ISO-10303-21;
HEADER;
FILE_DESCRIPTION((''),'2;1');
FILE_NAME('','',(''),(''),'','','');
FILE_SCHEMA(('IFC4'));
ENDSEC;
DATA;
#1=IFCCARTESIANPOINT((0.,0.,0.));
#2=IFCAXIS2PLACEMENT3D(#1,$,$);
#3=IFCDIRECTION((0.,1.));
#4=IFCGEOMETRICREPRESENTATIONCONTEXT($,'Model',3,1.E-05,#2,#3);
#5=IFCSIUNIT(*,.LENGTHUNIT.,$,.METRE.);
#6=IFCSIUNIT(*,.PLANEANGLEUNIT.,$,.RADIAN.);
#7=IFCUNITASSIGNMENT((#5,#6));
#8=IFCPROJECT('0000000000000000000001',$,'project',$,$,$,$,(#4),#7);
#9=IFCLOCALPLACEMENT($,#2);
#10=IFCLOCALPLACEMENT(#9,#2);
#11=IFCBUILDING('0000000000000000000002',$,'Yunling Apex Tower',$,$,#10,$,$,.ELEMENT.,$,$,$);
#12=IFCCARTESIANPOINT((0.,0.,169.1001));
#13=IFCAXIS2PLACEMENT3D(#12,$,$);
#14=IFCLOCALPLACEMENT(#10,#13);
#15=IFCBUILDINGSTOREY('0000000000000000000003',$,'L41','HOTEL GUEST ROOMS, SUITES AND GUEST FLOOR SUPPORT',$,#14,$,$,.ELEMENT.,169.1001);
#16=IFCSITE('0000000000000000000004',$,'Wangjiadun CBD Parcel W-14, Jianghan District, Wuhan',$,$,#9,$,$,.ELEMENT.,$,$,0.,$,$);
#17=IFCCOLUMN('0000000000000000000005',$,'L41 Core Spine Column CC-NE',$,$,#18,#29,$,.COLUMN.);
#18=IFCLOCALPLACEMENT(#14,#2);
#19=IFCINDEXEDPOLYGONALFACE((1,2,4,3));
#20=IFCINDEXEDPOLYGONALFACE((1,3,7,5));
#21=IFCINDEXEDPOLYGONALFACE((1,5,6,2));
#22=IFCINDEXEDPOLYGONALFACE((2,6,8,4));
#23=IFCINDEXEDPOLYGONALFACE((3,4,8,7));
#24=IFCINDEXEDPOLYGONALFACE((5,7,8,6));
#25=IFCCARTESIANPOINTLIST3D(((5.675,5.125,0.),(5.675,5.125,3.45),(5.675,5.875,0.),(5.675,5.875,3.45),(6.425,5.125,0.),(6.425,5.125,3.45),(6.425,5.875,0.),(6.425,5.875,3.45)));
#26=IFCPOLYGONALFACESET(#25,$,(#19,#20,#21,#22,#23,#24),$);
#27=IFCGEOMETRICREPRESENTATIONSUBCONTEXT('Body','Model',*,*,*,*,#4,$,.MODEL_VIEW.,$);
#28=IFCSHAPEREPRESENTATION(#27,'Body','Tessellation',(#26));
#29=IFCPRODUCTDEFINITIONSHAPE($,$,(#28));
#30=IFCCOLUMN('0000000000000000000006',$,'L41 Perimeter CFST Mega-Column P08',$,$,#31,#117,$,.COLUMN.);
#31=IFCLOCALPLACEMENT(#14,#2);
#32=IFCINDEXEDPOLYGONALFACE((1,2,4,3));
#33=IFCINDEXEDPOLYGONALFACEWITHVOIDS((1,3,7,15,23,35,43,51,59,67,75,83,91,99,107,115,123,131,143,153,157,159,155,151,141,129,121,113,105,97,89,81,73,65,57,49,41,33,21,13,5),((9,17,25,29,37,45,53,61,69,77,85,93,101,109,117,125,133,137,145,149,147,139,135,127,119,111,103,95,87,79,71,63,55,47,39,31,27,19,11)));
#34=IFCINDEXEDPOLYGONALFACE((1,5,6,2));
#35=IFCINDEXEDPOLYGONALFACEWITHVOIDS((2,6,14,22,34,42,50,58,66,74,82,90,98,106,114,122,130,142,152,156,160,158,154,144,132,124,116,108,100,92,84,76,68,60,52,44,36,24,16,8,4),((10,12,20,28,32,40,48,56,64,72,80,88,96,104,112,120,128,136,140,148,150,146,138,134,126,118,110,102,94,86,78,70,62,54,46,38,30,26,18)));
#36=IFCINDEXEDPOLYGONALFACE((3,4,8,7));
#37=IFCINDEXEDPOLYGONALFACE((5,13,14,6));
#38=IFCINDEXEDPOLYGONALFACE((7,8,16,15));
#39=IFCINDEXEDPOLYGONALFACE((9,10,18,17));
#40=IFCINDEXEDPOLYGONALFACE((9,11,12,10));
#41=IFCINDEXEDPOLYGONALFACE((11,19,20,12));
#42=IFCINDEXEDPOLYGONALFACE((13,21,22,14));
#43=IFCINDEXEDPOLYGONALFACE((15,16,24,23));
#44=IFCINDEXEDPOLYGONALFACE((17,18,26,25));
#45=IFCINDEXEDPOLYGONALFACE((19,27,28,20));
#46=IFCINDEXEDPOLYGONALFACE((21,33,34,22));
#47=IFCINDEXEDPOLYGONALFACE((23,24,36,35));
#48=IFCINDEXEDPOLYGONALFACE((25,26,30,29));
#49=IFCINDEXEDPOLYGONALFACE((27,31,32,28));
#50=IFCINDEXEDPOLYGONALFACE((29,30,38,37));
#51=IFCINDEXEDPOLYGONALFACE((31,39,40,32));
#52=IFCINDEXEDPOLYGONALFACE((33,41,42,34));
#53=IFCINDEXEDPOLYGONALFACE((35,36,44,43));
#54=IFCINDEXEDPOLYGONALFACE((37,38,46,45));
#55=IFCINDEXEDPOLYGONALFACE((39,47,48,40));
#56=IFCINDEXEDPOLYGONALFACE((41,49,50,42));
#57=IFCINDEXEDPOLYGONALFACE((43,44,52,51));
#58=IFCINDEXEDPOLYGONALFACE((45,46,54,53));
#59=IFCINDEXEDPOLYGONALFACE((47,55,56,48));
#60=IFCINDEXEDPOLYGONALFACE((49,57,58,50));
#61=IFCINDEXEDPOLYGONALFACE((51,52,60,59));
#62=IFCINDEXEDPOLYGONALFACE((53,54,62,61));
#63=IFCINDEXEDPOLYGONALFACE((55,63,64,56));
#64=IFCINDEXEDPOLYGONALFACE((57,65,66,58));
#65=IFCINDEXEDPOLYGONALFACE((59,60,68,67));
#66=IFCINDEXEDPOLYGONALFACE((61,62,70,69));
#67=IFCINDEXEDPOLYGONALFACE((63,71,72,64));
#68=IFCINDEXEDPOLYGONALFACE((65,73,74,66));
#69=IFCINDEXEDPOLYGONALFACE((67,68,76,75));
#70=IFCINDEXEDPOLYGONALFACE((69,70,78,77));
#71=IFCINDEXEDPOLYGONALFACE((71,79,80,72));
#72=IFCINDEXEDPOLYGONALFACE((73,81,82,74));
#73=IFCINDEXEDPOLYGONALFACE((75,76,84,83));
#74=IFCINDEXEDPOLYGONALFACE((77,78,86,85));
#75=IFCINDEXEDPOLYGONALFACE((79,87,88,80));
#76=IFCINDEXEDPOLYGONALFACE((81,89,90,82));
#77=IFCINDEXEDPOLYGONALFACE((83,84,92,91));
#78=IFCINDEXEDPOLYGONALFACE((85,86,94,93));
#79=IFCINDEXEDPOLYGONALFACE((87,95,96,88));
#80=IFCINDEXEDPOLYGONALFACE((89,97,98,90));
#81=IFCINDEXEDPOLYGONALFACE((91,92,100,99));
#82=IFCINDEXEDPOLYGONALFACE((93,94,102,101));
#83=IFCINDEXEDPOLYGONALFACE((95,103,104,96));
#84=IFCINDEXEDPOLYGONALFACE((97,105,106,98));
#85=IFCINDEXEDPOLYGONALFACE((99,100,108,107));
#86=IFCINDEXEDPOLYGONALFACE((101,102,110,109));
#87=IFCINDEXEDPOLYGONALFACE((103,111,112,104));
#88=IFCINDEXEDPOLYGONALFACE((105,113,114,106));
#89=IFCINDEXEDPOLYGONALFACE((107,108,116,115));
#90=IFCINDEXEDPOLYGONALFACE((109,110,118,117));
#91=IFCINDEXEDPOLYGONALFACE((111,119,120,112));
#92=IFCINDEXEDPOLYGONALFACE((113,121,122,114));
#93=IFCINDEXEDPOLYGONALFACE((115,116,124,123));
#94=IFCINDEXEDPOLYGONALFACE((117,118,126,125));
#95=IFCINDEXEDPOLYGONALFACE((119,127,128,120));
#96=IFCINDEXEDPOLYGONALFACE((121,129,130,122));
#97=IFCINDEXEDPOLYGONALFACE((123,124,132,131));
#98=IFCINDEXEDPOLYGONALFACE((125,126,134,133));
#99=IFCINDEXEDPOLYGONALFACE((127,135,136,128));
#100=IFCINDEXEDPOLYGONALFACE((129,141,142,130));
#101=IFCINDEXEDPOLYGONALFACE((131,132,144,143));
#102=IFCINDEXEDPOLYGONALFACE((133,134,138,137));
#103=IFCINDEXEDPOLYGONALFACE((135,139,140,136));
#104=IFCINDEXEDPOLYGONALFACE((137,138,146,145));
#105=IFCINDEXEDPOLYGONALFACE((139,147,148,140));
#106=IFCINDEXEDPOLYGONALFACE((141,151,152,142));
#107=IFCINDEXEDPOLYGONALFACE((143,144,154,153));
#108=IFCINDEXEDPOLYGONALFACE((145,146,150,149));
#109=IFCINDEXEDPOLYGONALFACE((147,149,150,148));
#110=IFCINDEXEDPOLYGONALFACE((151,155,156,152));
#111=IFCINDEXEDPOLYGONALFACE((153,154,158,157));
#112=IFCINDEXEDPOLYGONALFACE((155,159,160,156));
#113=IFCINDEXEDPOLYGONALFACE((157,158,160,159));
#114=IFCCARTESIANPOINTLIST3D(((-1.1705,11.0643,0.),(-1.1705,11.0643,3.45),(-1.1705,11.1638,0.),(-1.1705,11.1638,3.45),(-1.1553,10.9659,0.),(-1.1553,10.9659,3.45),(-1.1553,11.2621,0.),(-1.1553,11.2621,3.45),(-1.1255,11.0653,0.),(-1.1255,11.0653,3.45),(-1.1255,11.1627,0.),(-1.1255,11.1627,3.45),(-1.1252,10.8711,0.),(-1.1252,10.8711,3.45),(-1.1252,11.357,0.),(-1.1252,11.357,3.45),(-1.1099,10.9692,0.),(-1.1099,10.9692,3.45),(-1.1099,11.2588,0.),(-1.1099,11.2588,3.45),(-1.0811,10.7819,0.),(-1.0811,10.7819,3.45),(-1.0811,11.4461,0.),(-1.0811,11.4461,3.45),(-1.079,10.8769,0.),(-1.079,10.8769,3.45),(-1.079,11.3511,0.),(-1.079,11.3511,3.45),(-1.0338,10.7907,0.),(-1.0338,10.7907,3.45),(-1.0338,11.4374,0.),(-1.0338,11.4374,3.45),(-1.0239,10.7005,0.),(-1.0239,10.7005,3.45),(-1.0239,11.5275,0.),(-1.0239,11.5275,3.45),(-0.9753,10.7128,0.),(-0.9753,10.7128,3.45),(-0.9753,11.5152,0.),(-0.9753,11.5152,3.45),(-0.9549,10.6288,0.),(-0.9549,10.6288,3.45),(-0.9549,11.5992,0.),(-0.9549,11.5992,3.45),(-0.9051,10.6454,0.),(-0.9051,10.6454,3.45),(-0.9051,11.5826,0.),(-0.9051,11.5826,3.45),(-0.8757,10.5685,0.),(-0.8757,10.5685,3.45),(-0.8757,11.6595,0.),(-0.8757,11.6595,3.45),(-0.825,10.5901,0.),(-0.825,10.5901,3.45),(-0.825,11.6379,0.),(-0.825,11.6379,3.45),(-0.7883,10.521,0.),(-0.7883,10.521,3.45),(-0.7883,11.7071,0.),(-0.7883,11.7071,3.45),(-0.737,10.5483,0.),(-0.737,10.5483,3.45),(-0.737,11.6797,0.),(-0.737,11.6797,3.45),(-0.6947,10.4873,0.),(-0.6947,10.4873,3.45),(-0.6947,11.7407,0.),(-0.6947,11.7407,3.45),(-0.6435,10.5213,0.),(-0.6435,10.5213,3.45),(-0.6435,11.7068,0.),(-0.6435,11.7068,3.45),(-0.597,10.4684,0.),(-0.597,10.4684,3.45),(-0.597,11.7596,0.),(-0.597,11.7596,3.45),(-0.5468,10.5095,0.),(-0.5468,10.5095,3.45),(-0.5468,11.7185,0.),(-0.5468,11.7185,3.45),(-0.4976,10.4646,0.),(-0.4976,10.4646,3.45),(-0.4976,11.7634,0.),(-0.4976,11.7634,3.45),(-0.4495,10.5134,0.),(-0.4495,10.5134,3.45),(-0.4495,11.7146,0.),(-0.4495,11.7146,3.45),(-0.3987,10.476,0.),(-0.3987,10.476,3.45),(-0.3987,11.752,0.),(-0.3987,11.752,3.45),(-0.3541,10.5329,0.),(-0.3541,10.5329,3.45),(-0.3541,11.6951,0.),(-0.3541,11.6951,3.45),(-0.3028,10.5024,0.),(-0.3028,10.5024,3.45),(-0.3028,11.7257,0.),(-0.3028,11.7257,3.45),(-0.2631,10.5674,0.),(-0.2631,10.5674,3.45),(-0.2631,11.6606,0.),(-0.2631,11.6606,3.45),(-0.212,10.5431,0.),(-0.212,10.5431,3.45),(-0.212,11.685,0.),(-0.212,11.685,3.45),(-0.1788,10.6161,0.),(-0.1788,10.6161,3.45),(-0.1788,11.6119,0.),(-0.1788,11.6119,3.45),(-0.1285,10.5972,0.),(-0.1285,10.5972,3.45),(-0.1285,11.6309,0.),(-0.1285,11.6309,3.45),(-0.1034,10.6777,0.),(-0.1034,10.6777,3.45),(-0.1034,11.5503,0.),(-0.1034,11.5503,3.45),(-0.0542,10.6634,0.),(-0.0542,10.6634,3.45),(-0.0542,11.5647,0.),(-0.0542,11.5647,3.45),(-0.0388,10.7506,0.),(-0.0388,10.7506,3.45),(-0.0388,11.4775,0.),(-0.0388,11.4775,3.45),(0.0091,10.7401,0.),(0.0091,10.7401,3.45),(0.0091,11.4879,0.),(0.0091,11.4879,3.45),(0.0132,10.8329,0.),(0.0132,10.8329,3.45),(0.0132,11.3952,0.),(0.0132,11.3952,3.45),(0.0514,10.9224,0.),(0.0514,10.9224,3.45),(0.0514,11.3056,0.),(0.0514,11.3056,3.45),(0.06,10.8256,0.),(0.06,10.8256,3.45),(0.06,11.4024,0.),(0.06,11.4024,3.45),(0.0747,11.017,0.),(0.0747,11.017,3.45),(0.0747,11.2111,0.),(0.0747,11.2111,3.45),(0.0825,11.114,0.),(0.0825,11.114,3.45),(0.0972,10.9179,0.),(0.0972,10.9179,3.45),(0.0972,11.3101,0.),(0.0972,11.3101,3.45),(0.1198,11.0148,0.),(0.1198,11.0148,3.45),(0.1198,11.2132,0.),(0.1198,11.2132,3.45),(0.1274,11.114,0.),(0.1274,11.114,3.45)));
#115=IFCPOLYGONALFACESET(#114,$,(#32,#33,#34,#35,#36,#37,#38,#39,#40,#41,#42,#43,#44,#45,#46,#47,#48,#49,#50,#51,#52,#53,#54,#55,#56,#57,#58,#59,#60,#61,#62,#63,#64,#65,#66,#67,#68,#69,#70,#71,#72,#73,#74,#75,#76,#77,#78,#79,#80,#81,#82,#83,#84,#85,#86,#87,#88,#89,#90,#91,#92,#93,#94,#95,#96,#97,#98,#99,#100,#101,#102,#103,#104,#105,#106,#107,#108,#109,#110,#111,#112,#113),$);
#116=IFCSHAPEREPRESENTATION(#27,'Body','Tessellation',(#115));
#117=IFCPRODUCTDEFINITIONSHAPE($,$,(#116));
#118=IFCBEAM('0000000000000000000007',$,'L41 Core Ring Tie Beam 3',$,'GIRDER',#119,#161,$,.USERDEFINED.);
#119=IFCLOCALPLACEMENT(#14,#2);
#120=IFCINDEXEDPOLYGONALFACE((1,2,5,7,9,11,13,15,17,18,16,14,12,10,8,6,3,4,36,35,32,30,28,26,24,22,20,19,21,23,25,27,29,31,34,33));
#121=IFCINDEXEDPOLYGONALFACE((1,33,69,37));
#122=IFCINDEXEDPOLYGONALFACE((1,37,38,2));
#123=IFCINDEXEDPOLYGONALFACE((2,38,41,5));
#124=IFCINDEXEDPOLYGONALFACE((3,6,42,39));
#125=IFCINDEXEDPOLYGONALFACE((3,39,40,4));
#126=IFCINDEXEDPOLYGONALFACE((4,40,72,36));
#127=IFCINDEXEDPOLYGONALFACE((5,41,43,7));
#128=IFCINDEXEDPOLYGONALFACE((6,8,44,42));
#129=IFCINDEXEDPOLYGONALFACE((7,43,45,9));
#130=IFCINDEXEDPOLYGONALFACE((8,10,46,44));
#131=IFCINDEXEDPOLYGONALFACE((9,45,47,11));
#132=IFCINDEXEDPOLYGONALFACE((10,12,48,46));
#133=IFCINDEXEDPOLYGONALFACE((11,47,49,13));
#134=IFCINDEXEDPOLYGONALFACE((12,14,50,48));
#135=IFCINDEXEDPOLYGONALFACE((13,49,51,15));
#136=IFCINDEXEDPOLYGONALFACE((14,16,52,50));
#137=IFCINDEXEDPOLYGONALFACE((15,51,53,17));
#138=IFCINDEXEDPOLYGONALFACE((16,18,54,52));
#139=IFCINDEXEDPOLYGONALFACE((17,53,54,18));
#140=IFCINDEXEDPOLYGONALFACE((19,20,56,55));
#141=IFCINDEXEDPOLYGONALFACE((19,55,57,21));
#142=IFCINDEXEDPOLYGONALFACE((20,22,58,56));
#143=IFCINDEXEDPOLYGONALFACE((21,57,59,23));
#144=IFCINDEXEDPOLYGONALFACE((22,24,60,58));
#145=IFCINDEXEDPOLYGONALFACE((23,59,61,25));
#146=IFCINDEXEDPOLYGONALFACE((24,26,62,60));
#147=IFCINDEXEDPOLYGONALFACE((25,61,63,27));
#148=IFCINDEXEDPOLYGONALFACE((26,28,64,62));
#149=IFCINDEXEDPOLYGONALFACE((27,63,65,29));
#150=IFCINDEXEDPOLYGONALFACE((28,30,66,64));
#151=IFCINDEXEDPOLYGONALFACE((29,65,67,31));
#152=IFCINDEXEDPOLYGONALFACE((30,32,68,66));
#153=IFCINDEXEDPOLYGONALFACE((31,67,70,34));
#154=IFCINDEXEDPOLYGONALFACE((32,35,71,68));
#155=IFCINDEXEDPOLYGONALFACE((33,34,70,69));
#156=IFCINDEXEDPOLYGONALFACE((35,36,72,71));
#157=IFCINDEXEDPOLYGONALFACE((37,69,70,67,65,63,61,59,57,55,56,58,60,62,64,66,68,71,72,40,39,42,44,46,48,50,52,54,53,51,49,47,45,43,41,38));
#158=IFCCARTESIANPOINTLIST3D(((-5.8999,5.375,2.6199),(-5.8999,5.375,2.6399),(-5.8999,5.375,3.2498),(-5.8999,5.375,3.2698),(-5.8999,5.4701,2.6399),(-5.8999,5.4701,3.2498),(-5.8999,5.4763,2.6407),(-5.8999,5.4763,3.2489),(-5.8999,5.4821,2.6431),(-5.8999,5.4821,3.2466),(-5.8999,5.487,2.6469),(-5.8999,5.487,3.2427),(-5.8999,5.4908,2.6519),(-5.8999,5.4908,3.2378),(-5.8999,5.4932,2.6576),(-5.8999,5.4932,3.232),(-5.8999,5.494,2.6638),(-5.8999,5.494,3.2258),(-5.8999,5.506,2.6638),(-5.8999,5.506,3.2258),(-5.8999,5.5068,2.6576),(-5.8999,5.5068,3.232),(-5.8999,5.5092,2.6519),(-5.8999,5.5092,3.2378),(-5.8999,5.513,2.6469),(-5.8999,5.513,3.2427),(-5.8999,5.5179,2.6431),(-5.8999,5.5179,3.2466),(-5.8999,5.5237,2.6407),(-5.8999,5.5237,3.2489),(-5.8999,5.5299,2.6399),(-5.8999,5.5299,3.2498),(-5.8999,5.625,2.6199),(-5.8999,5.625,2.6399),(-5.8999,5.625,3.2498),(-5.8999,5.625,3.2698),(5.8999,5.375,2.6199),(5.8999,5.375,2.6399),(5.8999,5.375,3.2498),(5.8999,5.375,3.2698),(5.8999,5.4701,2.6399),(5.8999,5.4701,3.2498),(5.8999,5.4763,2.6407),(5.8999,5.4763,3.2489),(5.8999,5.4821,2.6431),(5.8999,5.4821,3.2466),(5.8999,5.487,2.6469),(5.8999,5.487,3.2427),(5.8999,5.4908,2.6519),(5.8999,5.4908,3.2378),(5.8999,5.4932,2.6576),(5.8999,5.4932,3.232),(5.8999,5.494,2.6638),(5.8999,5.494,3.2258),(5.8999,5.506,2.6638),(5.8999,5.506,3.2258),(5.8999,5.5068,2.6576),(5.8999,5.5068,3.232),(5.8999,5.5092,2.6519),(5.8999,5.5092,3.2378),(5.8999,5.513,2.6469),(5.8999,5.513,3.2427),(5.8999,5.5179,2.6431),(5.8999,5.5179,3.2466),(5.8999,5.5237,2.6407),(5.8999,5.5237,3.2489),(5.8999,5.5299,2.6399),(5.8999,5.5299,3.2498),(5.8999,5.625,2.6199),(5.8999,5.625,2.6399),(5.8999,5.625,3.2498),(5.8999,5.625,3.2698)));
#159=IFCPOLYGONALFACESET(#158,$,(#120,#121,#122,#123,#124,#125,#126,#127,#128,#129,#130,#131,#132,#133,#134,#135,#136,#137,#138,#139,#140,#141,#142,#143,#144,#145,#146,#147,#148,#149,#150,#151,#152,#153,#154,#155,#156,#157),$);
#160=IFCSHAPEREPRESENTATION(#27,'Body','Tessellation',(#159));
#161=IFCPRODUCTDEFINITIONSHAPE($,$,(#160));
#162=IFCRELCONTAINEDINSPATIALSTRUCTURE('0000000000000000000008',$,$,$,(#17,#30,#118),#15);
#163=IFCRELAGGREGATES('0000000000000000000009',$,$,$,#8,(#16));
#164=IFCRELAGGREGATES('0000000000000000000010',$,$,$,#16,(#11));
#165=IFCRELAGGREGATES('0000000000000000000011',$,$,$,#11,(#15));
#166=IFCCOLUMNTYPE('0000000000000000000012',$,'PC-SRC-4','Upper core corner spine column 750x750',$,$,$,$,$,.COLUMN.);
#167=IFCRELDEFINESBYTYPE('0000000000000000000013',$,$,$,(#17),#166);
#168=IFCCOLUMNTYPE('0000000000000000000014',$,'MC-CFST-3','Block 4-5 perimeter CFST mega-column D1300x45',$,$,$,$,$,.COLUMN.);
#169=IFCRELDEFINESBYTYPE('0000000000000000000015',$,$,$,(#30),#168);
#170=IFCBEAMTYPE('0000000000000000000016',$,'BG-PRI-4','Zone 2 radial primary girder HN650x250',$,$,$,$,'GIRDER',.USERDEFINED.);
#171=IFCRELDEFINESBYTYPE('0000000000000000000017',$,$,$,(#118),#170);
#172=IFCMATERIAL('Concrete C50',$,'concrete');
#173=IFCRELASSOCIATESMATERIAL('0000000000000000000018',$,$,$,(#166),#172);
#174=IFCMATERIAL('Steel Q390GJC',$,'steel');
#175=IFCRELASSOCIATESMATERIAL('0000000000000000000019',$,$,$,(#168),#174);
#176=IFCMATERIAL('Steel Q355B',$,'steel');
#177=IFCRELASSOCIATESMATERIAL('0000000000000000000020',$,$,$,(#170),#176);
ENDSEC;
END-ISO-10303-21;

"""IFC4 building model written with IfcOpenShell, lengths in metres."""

from ifc_helpers import new_model, si_unit, direction, frame, origin, origin_2d, place, context, subcontext, project, spatial, rectangle, hollow_circle, i_section, extrude, source, transform, mapped, material, material_profile, profile_set, type_object, element, save


model = new_model("IFC4")

# Units and contexts
model_context = context("Model", 3, precision=1e-05, world=origin(), true_north=direction((0.0, 1.0)))
body_context = subcontext(model_context, "Body", "Model", "MODEL_VIEW")
ifc_project = project(units=[si_unit("LENGTHUNIT", "METRE"), si_unit("PLANEANGLEUNIT", "RADIAN")], contexts=[model_context])

# Site, building, storey
site_placement = place(None, origin())
site = spatial("IfcSite", under=ifc_project, at=site_placement, Name="Wangjiadun CBD Parcel W-14, Jianghan District, Wuhan", CompositionType="ELEMENT", RefElevation=0.0)
building_placement = place(site_placement, origin())
building = spatial("IfcBuilding", under=site, at=building_placement, Name="Yunling Apex Tower", CompositionType="ELEMENT")
storey_placement = place(building_placement, frame((0.0, 0.0, 169.1001)))
storey = spatial("IfcBuildingStorey", under=building, at=storey_placement, Name="L41", Description="HOTEL GUEST ROOMS, SUITES AND GUEST FLOOR SUPPORT", CompositionType="ELEMENT", Elevation=169.1001)

# Columns
ifc_material_1 = material(Name="Concrete C50", Category="concrete")
ifc_material_profile_1 = material_profile(ifc_material_1, rectangle(XDim=0.75, YDim=0.75, at=origin_2d()))
ifc_profile_set_1 = profile_set([ifc_material_profile_1], Name="Concrete C50")
column_type_1 = type_object("IfcColumnType", Name="PC-SRC-4", Description="Upper core corner spine column 750x750", PredefinedType="COLUMN", material=ifc_profile_set_1)
shared_shape_1 = source(origin(), body_context, "Body", "SweptSolid", [
    extrude(rectangle(XDim=0.75, YDim=0.75, at=origin_2d()), origin(), (0.0, 0.0, 1.0), 3.45),
])
column_1_placement = place(storey_placement, frame((6.05, 5.5, 0.0), z_axis=(0.0, 0.0, 1.0), x_axis=(1.0, 0.0, 0.0)))
element("IfcColumn", 1, at=column_1_placement, inside=storey, type_object=column_type_1, Name="L41 Core Spine Column CC-NE", PredefinedType="COLUMN", context=body_context, shape_type="MappedRepresentation", body=[
    mapped(shared_shape_1, transform((0.0, 0.0, 0.0), scale=1.0)),
])
ifc_material_2 = material(Name="Steel Q390GJC", Category="steel")
ifc_material_profile_2 = material_profile(ifc_material_2, hollow_circle(Radius=0.6499, WallThickness=0.0449, at=origin_2d()))
ifc_profile_set_2 = profile_set([ifc_material_profile_2], Name="Steel Q390GJC")
column_type_2 = type_object("IfcColumnType", Name="MC-CFST-3", Description="Block 4-5 perimeter CFST mega-column D1300x45", PredefinedType="COLUMN", material=ifc_profile_set_2)
shared_shape_2 = source(origin(), body_context, "Body", "SweptSolid", [
    extrude(hollow_circle(Radius=0.6499, WallThickness=0.0449, at=origin_2d()), origin(), (0.0, 0.0, 1.0), 3.45),
])
column_2_placement = place(storey_placement, frame((-0.5225, 11.114, 0.0), z_axis=(0.0, 0.0, 1.0), x_axis=(1.0, 0.0, 0.0)))
element("IfcColumn", 2, at=column_2_placement, inside=storey, type_object=column_type_2, Name="L41 Perimeter CFST Mega-Column P08", PredefinedType="COLUMN", context=body_context, shape_type="MappedRepresentation", body=[
    mapped(shared_shape_2, transform((0.0, 0.0, 0.0), scale=1.0)),
])

# Beam
ifc_material_3 = material(Name="Steel Q355B", Category="steel")
ifc_material_profile_3 = material_profile(ifc_material_3, i_section(OverallWidth=0.25, OverallDepth=0.6499, WebThickness=0.012, FlangeThickness=0.02, FilletRadius=0.0239, at=origin_2d()))
ifc_profile_set_3 = profile_set([ifc_material_profile_3], Name="Steel Q355B")
beam_type_1 = type_object("IfcBeamType", Name="BG-PRI-4", Description="Zone 2 radial primary girder HN650x250", ElementType="GIRDER", PredefinedType="USERDEFINED", material=ifc_profile_set_3)
shared_shape_3 = source(origin(), body_context, "Body", "SweptSolid", [
    extrude(i_section(OverallWidth=0.25, OverallDepth=0.6499, WebThickness=0.012, FlangeThickness=0.02, FilletRadius=0.0239, at=origin_2d()), origin(), (0.0, 0.0, 1.0), 11.7998),
])
beam_1_placement = place(storey_placement, frame((5.8999, 5.5, 2.9448), z_axis=(-1.0, 0.0, 0.0), x_axis=(0.0, -1.0, 0.0)))
element("IfcBeam", 3, at=beam_1_placement, inside=storey, type_object=beam_type_1, Name="L41 Core Ring Tie Beam 3", ObjectType="GIRDER", PredefinedType="USERDEFINED", context=body_context, shape_type="MappedRepresentation", body=[
    mapped(shared_shape_3, transform((0.0, 0.0, 0.0), scale=1.0)),
])

save(model, "model.ifc")
